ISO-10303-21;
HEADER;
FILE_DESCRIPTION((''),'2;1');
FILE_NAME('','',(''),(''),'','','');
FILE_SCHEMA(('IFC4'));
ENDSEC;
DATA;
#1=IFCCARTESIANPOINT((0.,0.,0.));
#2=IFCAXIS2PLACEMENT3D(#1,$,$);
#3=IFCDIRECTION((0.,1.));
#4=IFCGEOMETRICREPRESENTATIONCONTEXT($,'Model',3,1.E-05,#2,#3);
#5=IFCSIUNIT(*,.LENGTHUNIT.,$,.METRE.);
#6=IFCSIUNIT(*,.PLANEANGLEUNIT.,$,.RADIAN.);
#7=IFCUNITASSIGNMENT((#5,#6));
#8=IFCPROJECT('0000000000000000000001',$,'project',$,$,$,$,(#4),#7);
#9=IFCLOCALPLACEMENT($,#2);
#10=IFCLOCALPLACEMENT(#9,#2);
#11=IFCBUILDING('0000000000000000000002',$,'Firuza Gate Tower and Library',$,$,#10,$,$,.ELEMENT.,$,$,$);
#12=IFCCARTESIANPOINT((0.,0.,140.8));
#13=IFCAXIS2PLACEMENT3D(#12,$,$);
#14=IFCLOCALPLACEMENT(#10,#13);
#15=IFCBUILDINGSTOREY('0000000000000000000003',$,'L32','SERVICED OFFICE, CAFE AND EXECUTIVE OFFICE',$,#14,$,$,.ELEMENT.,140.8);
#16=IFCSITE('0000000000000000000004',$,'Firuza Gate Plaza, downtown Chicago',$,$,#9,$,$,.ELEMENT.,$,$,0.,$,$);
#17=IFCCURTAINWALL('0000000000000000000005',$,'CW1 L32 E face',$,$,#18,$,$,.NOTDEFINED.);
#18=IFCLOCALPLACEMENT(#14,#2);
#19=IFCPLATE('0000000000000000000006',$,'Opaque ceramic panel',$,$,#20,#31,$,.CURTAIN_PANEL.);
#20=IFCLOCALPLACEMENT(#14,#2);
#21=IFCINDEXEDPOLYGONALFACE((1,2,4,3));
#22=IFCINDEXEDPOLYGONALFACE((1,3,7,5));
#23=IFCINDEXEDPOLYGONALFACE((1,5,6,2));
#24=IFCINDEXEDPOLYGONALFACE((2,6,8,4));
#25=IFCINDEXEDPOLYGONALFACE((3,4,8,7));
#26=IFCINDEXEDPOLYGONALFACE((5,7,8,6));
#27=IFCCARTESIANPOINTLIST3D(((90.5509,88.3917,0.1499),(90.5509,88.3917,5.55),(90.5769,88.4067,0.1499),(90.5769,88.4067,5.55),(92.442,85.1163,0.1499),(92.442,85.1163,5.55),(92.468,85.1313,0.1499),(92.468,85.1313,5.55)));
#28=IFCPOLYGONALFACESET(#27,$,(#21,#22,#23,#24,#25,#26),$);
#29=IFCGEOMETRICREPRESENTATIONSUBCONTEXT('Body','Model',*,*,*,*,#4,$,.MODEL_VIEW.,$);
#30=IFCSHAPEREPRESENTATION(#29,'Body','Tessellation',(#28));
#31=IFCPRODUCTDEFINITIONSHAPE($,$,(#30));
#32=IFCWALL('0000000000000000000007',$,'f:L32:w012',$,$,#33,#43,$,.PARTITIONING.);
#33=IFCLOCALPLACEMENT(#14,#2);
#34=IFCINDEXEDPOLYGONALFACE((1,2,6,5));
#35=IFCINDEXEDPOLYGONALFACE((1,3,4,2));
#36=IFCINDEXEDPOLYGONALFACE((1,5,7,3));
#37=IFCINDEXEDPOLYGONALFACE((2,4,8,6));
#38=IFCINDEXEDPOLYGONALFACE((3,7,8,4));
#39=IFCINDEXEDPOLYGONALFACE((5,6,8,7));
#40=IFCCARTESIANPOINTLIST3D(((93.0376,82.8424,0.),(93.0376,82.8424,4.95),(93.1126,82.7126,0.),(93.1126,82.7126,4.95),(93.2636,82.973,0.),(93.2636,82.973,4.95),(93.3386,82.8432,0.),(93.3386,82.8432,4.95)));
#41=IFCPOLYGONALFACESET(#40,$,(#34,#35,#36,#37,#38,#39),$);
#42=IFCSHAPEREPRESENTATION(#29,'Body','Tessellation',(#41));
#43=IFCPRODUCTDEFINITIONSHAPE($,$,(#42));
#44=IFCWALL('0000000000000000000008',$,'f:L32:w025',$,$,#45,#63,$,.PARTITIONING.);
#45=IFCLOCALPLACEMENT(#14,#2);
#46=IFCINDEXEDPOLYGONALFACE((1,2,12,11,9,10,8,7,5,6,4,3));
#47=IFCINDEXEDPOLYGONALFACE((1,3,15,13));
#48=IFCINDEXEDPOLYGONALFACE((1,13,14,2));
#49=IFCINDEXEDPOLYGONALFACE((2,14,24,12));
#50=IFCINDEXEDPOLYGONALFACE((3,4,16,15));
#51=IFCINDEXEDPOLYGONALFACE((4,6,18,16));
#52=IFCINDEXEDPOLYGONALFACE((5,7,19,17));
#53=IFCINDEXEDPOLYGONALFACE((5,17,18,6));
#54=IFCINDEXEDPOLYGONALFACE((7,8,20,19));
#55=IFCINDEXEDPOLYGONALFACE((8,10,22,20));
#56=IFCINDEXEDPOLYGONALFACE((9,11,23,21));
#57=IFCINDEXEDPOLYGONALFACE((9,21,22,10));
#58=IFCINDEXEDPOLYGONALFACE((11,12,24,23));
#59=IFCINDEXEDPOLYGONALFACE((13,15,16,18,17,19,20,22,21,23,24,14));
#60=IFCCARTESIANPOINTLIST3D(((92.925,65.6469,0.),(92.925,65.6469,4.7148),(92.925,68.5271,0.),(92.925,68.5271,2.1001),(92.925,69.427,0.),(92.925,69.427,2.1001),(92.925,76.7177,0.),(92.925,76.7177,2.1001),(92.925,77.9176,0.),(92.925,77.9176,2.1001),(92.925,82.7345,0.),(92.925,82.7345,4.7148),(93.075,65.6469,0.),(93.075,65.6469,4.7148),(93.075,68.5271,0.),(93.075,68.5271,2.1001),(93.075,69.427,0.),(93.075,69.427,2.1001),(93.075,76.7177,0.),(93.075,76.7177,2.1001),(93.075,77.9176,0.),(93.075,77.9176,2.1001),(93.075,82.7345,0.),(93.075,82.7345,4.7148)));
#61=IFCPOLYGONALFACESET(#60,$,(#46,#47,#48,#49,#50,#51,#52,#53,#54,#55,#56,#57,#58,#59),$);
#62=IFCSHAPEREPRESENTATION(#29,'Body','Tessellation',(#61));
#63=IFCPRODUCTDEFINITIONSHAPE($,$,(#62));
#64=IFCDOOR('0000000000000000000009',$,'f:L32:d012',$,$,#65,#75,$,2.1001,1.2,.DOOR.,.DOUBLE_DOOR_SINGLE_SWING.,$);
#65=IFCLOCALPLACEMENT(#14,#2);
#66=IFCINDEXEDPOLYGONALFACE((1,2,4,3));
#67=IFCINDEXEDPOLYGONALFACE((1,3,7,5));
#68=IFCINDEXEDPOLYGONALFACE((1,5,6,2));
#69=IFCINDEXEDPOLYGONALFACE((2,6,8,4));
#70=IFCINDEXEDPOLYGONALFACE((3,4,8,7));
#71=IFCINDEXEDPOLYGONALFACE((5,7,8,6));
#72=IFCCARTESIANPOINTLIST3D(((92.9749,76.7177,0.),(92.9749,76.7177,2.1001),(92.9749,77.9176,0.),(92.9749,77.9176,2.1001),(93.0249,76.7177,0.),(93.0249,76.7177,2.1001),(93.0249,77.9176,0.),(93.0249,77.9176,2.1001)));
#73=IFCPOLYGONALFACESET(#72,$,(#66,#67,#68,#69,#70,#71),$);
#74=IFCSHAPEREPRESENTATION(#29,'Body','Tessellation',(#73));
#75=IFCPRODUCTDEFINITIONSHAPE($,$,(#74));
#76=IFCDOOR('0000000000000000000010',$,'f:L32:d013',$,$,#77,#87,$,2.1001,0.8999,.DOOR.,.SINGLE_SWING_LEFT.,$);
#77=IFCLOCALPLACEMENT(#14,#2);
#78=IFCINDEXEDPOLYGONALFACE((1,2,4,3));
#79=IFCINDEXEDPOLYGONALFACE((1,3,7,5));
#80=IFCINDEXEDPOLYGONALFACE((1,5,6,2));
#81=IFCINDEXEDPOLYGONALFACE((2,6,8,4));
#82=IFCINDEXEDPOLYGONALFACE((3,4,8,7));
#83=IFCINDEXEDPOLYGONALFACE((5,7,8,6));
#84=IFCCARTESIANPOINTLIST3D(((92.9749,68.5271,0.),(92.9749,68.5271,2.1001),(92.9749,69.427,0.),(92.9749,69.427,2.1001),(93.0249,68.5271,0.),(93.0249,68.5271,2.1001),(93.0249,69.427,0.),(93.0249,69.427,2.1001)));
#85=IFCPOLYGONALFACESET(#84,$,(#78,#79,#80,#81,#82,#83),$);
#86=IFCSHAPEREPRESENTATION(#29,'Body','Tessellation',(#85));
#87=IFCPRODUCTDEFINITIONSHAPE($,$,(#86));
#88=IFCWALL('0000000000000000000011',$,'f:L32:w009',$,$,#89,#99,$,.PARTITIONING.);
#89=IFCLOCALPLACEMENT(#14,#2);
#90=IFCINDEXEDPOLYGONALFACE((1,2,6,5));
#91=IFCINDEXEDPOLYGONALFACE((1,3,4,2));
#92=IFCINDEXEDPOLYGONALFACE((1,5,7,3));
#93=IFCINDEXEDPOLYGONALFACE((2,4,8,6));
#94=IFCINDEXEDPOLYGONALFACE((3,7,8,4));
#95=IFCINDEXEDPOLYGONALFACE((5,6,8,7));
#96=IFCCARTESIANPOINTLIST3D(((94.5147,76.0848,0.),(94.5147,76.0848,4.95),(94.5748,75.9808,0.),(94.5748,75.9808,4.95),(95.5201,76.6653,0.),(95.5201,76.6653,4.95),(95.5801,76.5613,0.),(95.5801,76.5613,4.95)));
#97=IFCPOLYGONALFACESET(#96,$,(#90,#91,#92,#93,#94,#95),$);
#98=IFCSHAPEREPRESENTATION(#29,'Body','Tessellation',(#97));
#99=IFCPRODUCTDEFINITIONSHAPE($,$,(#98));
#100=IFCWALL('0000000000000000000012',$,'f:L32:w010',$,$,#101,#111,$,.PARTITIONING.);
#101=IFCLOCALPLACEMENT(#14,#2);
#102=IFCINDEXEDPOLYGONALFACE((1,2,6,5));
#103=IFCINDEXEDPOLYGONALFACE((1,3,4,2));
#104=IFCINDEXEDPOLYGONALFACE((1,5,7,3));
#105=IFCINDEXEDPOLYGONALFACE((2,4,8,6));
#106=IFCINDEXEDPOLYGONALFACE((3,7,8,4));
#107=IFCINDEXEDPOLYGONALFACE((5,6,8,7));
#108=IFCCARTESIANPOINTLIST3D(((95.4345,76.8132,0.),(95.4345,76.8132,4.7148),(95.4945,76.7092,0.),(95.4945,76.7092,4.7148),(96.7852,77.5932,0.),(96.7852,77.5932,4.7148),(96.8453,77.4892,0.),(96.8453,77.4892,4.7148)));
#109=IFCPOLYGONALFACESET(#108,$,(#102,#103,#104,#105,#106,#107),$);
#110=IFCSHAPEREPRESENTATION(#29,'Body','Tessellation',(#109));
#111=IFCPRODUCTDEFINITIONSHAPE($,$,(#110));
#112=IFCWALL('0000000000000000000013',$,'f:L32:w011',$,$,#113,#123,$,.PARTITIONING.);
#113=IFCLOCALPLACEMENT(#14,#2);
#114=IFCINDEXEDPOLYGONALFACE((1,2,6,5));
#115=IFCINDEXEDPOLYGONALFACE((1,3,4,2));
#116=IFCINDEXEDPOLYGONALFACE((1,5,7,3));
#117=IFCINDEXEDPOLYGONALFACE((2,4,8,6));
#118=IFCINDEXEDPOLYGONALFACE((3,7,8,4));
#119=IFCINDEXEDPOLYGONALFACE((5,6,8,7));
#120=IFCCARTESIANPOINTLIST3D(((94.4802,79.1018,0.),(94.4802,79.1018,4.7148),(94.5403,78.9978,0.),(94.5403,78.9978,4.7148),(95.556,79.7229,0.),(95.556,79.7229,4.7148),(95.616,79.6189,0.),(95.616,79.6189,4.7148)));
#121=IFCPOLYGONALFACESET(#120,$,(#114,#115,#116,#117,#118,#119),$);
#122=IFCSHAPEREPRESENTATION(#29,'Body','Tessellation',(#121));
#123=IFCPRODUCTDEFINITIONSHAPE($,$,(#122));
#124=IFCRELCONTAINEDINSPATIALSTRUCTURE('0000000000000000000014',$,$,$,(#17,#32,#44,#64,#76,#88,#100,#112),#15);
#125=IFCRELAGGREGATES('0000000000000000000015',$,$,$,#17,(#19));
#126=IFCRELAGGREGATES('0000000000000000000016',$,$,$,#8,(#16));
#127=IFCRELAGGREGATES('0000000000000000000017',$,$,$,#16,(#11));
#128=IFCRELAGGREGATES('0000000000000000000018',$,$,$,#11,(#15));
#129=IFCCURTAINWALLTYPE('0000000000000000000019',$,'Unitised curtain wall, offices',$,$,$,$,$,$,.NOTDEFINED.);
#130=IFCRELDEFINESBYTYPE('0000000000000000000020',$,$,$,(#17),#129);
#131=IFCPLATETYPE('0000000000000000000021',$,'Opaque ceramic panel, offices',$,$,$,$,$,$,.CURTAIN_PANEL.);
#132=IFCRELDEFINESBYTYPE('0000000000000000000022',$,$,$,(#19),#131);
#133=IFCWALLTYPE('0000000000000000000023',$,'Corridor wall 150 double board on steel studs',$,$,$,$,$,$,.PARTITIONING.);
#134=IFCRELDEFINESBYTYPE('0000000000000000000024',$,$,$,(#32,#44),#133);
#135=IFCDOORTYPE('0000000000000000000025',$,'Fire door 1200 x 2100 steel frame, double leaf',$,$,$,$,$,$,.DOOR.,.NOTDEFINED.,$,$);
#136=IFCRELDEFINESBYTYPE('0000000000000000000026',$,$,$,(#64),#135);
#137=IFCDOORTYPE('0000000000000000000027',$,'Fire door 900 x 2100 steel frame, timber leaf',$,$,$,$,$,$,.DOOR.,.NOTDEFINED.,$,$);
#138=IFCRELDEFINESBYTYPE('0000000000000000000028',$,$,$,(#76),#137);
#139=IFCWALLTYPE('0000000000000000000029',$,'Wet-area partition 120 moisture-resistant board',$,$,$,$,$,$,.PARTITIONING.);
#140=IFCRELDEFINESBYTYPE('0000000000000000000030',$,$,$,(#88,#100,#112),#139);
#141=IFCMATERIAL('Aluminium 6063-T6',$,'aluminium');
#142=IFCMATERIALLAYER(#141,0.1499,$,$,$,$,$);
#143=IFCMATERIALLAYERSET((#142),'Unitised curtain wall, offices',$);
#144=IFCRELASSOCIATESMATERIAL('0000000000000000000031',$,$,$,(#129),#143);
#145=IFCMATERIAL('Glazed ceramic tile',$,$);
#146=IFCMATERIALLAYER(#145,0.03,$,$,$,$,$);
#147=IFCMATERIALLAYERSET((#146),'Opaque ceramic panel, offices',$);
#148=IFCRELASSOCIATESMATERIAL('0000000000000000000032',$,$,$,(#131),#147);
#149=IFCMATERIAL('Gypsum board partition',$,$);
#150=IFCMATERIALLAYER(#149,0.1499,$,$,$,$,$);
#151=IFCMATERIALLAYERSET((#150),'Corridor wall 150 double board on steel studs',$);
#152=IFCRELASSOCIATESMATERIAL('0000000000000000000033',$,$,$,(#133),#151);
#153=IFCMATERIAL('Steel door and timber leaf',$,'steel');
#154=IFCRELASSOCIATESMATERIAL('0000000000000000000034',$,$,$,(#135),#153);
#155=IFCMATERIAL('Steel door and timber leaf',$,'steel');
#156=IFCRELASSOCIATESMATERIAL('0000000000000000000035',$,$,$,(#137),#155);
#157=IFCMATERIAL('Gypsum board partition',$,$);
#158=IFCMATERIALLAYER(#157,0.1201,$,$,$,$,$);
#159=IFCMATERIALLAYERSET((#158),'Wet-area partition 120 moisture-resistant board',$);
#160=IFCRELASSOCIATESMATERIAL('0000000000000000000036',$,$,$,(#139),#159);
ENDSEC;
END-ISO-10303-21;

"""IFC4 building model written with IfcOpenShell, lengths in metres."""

from ifc_helpers import new_model, si_unit, direction, frame, frame_2d, origin, place, context, subcontext, project, spatial, polyline, rectangle, outline, extrude, material, layer, layer_set, type_object, element, fill, aggregate, save


model = new_model("IFC4")

# Units and contexts
model_context = context("Model", 3, precision=1e-05, world=origin(), true_north=direction((0.0, 1.0)))
body_context = subcontext(model_context, "Body", "Model", "MODEL_VIEW")
ifc_project = project(units=[si_unit("LENGTHUNIT", "METRE"), si_unit("PLANEANGLEUNIT", "RADIAN")], contexts=[model_context])

# Site, building, storey
site_placement = place(None, origin())
site = spatial("IfcSite", under=ifc_project, at=site_placement, Name="Firuza Gate Plaza, downtown Chicago", CompositionType="ELEMENT", RefElevation=0.0)
building_placement = place(site_placement, origin())
building = spatial("IfcBuilding", under=site, at=building_placement, Name="Firuza Gate Tower and Library", CompositionType="ELEMENT")
storey_placement = place(building_placement, frame((0.0, 0.0, 140.8)))
storey = spatial("IfcBuildingStorey", under=building, at=storey_placement, Name="L32", Description="SERVICED OFFICE, CAFE AND EXECUTIVE OFFICE", CompositionType="ELEMENT", Elevation=140.8)

# Curtain wall
ifc_material_1 = material(Name="Aluminium 6063-T6", Category="aluminium")
ifc_layer_1 = layer(ifc_material_1, 0.1499)
ifc_layer_set_1 = layer_set([ifc_layer_1], Name="Unitised curtain wall, offices")
curtain_wall_type = type_object("IfcCurtainWallType", Name="Unitised curtain wall, offices", PredefinedType="NOTDEFINED", material=ifc_layer_set_1)
curtain_wall_placement = place(storey_placement, origin())
curtain_wall = element("IfcCurtainWall", 1, at=curtain_wall_placement, inside=storey, type_object=curtain_wall_type, Name="CW1 L32 E face", PredefinedType="NOTDEFINED")

# Plate
ifc_material_2 = material(Name="Glazed ceramic tile")
ifc_layer_2 = layer(ifc_material_2, 0.03)
ifc_layer_set_2 = layer_set([ifc_layer_2], Name="Opaque ceramic panel, offices")
plate_type_1 = type_object("IfcPlateType", Name="Opaque ceramic panel, offices", PredefinedType="CURTAIN_PANEL", material=ifc_layer_set_2)
plate_1_placement = place(storey_placement, frame((92.468, 85.1313, 0.1499), z_axis=(0.866018, 0.500013, 0.0), x_axis=(-0.500013, 0.866018, 0.0)))
plate_1 = element("IfcPlate", 2, at=plate_1_placement, type_object=plate_type_1, Name="Opaque ceramic panel", PredefinedType="CURTAIN_PANEL", context=body_context, shape_type="SweptSolid", body=[
    extrude(outline(polyline([(0.0, 0.0), (3.7821, 0.0), (3.7821, 5.4001), (0.0, 5.4001), (0.0, 0.0)])), origin(), (0.0, 0.0, -1.0), 0.03),
])
aggregate(curtain_wall, [plate_1])

# Wall
ifc_material_3 = material(Name="Gypsum board partition")
ifc_layer_3 = layer(ifc_material_3, 0.1499)
ifc_layer_set_3 = layer_set([ifc_layer_3], Name="Corridor wall 150 double board on steel studs")
wall_type_1 = type_object("IfcWallType", Name="Corridor wall 150 double board on steel studs", PredefinedType="PARTITIONING", material=ifc_layer_set_3)
wall_1_placement = place(storey_placement, frame((93.0752, 82.7776, 0.0), z_axis=(0.0, 0.0, 1.0), x_axis=(0.865874, 0.500262, 0.0)))
element("IfcWall", 3, at=wall_1_placement, inside=storey, type_object=wall_type_1, Name="f:L32:w012", PredefinedType="PARTITIONING", context=body_context, shape_type="SweptSolid", body=[
    extrude(rectangle(XDim=0.261, YDim=0.1499, at=frame_2d((0.1304, 0.0))), origin(), (0.0, 0.0, 1.0), 4.95),
])

# Wall, openings, doors
wall_2_placement = place(storey_placement, frame((93.0, 82.7346, 0.0), z_axis=(0.0, 0.0, 1.0), x_axis=(0.0, -1.0, 0.0)))
wall_2 = element("IfcWall", 4, at=wall_2_placement, inside=storey, type_object=wall_type_1, Name="f:L32:w025", PredefinedType="PARTITIONING", context=body_context, shape_type="SweptSolid", body=[
    extrude(rectangle(XDim=17.0876, YDim=0.1499, at=frame_2d((8.5439, 0.0))), origin(), (0.0, 0.0, 1.0), 4.7148),
])
opening_1_placement = place(wall_2_placement, frame((4.8169, 0.0, 0.0)))
opening_1 = element("IfcOpeningElement", 5, at=opening_1_placement, cuts=wall_2, PredefinedType="OPENING", context=body_context, shape_type="SweptSolid", body=[
    extrude(rectangle(XDim=1.2, YDim=2.1001, at=frame_2d((0.6001, 1.05))), frame((0.0, 0.085, 0.0), z_axis=(0.0, -1.0, 0.0), x_axis=(1.0, 0.0, 0.0)), (0.0, 0.0, 1.0), 0.1699),
])
opening_2_placement = place(wall_2_placement, frame((13.3076, 0.0, 0.0)))
opening_2 = element("IfcOpeningElement", 6, at=opening_2_placement, cuts=wall_2, PredefinedType="OPENING", context=body_context, shape_type="SweptSolid", body=[
    extrude(rectangle(XDim=0.8999, YDim=2.1001, at=frame_2d((0.45, 1.05))), frame((0.0, 0.085, 0.0), z_axis=(0.0, -1.0, 0.0), x_axis=(1.0, 0.0, 0.0)), (0.0, 0.0, 1.0), 0.1699),
])
ifc_material_4 = material(Name="Steel door and timber leaf", Category="steel")
door_type_1 = type_object("IfcDoorType", Name="Fire door 1200 x 2100 steel frame, double leaf", OperationType="NOTDEFINED", PredefinedType="DOOR", material=ifc_material_4)
door_1_placement = place(opening_1_placement, origin())
door_1 = element("IfcDoor", 7, at=door_1_placement, inside=storey, type_object=door_type_1, Name="f:L32:d012", OperationType="DOUBLE_DOOR_SINGLE_SWING", OverallHeight=2.1001, OverallWidth=1.2, PredefinedType="DOOR", context=body_context, shape_type="SweptSolid", body=[
    extrude(rectangle(XDim=1.2, YDim=2.1001, at=frame_2d((0.6001, 1.05))), frame((0.0, 0.0249, 0.0), z_axis=(0.0, -1.0, 0.0), x_axis=(1.0, 0.0, 0.0)), (0.0, 0.0, 1.0), 0.05),
])
fill(opening_1, door_1)
ifc_material_5 = material(Name="Steel door and timber leaf", Category="steel")
door_type_2 = type_object("IfcDoorType", Name="Fire door 900 x 2100 steel frame, timber leaf", OperationType="NOTDEFINED", PredefinedType="DOOR", material=ifc_material_5)
door_2_placement = place(opening_2_placement, origin())
door_2 = element("IfcDoor", 8, at=door_2_placement, inside=storey, type_object=door_type_2, Name="f:L32:d013", OperationType="SINGLE_SWING_LEFT", OverallHeight=2.1001, OverallWidth=0.8999, PredefinedType="DOOR", context=body_context, shape_type="SweptSolid", body=[
    extrude(rectangle(XDim=0.8999, YDim=2.1001, at=frame_2d((0.45, 1.05))), frame((0.0, 0.0249, 0.0), z_axis=(0.0, -1.0, 0.0), x_axis=(1.0, 0.0, 0.0)), (0.0, 0.0, 1.0), 0.05),
])
fill(opening_2, door_2)

# Walls
ifc_material_6 = material(Name="Gypsum board partition")
ifc_layer_4 = layer(ifc_material_6, 0.1201)
ifc_layer_set_4 = layer_set([ifc_layer_4], Name="Wet-area partition 120 moisture-resistant board")
wall_type_2 = type_object("IfcWallType", Name="Wet-area partition 120 moisture-resistant board", PredefinedType="PARTITIONING", material=ifc_layer_set_4)
wall_3_placement = place(storey_placement, frame((94.5447, 76.0327, 0.0), z_axis=(0.0, 0.0, 1.0), x_axis=(0.865982, 0.500074, 0.0)))
element("IfcWall", 9, at=wall_3_placement, inside=storey, type_object=wall_type_2, Name="f:L32:w009", PredefinedType="PARTITIONING", context=body_context, shape_type="SweptSolid", body=[
    extrude(rectangle(XDim=1.1609, YDim=0.1201, at=frame_2d((0.5806, 0.0))), origin(), (0.0, 0.0, 1.0), 4.95),
])
wall_4_placement = place(storey_placement, frame((95.4646, 76.7612, 0.0), z_axis=(0.0, 0.0, 1.0), x_axis=(0.86599, 0.500061, 0.0)))
element("IfcWall", 10, at=wall_4_placement, inside=storey, type_object=wall_type_2, Name="f:L32:w010", PredefinedType="PARTITIONING", context=body_context, shape_type="SweptSolid", body=[
    extrude(rectangle(XDim=1.5598, YDim=0.1201, at=frame_2d((0.7798, 0.0))), origin(), (0.0, 0.0, 1.0), 4.7148),
])
wall_5_placement = place(storey_placement, frame((94.5103, 79.0498, 0.0), z_axis=(0.0, 0.0, 1.0), x_axis=(0.866009, 0.500029, 0.0)))
element("IfcWall", 11, at=wall_5_placement, inside=storey, type_object=wall_type_2, Name="f:L32:w011", PredefinedType="PARTITIONING", context=body_context, shape_type="SweptSolid", body=[
    extrude(rectangle(XDim=1.2422, YDim=0.1201, at=frame_2d((0.6211, 0.0))), origin(), (0.0, 0.0, 1.0), 4.7148),
])

save(model, "model.ifc")
